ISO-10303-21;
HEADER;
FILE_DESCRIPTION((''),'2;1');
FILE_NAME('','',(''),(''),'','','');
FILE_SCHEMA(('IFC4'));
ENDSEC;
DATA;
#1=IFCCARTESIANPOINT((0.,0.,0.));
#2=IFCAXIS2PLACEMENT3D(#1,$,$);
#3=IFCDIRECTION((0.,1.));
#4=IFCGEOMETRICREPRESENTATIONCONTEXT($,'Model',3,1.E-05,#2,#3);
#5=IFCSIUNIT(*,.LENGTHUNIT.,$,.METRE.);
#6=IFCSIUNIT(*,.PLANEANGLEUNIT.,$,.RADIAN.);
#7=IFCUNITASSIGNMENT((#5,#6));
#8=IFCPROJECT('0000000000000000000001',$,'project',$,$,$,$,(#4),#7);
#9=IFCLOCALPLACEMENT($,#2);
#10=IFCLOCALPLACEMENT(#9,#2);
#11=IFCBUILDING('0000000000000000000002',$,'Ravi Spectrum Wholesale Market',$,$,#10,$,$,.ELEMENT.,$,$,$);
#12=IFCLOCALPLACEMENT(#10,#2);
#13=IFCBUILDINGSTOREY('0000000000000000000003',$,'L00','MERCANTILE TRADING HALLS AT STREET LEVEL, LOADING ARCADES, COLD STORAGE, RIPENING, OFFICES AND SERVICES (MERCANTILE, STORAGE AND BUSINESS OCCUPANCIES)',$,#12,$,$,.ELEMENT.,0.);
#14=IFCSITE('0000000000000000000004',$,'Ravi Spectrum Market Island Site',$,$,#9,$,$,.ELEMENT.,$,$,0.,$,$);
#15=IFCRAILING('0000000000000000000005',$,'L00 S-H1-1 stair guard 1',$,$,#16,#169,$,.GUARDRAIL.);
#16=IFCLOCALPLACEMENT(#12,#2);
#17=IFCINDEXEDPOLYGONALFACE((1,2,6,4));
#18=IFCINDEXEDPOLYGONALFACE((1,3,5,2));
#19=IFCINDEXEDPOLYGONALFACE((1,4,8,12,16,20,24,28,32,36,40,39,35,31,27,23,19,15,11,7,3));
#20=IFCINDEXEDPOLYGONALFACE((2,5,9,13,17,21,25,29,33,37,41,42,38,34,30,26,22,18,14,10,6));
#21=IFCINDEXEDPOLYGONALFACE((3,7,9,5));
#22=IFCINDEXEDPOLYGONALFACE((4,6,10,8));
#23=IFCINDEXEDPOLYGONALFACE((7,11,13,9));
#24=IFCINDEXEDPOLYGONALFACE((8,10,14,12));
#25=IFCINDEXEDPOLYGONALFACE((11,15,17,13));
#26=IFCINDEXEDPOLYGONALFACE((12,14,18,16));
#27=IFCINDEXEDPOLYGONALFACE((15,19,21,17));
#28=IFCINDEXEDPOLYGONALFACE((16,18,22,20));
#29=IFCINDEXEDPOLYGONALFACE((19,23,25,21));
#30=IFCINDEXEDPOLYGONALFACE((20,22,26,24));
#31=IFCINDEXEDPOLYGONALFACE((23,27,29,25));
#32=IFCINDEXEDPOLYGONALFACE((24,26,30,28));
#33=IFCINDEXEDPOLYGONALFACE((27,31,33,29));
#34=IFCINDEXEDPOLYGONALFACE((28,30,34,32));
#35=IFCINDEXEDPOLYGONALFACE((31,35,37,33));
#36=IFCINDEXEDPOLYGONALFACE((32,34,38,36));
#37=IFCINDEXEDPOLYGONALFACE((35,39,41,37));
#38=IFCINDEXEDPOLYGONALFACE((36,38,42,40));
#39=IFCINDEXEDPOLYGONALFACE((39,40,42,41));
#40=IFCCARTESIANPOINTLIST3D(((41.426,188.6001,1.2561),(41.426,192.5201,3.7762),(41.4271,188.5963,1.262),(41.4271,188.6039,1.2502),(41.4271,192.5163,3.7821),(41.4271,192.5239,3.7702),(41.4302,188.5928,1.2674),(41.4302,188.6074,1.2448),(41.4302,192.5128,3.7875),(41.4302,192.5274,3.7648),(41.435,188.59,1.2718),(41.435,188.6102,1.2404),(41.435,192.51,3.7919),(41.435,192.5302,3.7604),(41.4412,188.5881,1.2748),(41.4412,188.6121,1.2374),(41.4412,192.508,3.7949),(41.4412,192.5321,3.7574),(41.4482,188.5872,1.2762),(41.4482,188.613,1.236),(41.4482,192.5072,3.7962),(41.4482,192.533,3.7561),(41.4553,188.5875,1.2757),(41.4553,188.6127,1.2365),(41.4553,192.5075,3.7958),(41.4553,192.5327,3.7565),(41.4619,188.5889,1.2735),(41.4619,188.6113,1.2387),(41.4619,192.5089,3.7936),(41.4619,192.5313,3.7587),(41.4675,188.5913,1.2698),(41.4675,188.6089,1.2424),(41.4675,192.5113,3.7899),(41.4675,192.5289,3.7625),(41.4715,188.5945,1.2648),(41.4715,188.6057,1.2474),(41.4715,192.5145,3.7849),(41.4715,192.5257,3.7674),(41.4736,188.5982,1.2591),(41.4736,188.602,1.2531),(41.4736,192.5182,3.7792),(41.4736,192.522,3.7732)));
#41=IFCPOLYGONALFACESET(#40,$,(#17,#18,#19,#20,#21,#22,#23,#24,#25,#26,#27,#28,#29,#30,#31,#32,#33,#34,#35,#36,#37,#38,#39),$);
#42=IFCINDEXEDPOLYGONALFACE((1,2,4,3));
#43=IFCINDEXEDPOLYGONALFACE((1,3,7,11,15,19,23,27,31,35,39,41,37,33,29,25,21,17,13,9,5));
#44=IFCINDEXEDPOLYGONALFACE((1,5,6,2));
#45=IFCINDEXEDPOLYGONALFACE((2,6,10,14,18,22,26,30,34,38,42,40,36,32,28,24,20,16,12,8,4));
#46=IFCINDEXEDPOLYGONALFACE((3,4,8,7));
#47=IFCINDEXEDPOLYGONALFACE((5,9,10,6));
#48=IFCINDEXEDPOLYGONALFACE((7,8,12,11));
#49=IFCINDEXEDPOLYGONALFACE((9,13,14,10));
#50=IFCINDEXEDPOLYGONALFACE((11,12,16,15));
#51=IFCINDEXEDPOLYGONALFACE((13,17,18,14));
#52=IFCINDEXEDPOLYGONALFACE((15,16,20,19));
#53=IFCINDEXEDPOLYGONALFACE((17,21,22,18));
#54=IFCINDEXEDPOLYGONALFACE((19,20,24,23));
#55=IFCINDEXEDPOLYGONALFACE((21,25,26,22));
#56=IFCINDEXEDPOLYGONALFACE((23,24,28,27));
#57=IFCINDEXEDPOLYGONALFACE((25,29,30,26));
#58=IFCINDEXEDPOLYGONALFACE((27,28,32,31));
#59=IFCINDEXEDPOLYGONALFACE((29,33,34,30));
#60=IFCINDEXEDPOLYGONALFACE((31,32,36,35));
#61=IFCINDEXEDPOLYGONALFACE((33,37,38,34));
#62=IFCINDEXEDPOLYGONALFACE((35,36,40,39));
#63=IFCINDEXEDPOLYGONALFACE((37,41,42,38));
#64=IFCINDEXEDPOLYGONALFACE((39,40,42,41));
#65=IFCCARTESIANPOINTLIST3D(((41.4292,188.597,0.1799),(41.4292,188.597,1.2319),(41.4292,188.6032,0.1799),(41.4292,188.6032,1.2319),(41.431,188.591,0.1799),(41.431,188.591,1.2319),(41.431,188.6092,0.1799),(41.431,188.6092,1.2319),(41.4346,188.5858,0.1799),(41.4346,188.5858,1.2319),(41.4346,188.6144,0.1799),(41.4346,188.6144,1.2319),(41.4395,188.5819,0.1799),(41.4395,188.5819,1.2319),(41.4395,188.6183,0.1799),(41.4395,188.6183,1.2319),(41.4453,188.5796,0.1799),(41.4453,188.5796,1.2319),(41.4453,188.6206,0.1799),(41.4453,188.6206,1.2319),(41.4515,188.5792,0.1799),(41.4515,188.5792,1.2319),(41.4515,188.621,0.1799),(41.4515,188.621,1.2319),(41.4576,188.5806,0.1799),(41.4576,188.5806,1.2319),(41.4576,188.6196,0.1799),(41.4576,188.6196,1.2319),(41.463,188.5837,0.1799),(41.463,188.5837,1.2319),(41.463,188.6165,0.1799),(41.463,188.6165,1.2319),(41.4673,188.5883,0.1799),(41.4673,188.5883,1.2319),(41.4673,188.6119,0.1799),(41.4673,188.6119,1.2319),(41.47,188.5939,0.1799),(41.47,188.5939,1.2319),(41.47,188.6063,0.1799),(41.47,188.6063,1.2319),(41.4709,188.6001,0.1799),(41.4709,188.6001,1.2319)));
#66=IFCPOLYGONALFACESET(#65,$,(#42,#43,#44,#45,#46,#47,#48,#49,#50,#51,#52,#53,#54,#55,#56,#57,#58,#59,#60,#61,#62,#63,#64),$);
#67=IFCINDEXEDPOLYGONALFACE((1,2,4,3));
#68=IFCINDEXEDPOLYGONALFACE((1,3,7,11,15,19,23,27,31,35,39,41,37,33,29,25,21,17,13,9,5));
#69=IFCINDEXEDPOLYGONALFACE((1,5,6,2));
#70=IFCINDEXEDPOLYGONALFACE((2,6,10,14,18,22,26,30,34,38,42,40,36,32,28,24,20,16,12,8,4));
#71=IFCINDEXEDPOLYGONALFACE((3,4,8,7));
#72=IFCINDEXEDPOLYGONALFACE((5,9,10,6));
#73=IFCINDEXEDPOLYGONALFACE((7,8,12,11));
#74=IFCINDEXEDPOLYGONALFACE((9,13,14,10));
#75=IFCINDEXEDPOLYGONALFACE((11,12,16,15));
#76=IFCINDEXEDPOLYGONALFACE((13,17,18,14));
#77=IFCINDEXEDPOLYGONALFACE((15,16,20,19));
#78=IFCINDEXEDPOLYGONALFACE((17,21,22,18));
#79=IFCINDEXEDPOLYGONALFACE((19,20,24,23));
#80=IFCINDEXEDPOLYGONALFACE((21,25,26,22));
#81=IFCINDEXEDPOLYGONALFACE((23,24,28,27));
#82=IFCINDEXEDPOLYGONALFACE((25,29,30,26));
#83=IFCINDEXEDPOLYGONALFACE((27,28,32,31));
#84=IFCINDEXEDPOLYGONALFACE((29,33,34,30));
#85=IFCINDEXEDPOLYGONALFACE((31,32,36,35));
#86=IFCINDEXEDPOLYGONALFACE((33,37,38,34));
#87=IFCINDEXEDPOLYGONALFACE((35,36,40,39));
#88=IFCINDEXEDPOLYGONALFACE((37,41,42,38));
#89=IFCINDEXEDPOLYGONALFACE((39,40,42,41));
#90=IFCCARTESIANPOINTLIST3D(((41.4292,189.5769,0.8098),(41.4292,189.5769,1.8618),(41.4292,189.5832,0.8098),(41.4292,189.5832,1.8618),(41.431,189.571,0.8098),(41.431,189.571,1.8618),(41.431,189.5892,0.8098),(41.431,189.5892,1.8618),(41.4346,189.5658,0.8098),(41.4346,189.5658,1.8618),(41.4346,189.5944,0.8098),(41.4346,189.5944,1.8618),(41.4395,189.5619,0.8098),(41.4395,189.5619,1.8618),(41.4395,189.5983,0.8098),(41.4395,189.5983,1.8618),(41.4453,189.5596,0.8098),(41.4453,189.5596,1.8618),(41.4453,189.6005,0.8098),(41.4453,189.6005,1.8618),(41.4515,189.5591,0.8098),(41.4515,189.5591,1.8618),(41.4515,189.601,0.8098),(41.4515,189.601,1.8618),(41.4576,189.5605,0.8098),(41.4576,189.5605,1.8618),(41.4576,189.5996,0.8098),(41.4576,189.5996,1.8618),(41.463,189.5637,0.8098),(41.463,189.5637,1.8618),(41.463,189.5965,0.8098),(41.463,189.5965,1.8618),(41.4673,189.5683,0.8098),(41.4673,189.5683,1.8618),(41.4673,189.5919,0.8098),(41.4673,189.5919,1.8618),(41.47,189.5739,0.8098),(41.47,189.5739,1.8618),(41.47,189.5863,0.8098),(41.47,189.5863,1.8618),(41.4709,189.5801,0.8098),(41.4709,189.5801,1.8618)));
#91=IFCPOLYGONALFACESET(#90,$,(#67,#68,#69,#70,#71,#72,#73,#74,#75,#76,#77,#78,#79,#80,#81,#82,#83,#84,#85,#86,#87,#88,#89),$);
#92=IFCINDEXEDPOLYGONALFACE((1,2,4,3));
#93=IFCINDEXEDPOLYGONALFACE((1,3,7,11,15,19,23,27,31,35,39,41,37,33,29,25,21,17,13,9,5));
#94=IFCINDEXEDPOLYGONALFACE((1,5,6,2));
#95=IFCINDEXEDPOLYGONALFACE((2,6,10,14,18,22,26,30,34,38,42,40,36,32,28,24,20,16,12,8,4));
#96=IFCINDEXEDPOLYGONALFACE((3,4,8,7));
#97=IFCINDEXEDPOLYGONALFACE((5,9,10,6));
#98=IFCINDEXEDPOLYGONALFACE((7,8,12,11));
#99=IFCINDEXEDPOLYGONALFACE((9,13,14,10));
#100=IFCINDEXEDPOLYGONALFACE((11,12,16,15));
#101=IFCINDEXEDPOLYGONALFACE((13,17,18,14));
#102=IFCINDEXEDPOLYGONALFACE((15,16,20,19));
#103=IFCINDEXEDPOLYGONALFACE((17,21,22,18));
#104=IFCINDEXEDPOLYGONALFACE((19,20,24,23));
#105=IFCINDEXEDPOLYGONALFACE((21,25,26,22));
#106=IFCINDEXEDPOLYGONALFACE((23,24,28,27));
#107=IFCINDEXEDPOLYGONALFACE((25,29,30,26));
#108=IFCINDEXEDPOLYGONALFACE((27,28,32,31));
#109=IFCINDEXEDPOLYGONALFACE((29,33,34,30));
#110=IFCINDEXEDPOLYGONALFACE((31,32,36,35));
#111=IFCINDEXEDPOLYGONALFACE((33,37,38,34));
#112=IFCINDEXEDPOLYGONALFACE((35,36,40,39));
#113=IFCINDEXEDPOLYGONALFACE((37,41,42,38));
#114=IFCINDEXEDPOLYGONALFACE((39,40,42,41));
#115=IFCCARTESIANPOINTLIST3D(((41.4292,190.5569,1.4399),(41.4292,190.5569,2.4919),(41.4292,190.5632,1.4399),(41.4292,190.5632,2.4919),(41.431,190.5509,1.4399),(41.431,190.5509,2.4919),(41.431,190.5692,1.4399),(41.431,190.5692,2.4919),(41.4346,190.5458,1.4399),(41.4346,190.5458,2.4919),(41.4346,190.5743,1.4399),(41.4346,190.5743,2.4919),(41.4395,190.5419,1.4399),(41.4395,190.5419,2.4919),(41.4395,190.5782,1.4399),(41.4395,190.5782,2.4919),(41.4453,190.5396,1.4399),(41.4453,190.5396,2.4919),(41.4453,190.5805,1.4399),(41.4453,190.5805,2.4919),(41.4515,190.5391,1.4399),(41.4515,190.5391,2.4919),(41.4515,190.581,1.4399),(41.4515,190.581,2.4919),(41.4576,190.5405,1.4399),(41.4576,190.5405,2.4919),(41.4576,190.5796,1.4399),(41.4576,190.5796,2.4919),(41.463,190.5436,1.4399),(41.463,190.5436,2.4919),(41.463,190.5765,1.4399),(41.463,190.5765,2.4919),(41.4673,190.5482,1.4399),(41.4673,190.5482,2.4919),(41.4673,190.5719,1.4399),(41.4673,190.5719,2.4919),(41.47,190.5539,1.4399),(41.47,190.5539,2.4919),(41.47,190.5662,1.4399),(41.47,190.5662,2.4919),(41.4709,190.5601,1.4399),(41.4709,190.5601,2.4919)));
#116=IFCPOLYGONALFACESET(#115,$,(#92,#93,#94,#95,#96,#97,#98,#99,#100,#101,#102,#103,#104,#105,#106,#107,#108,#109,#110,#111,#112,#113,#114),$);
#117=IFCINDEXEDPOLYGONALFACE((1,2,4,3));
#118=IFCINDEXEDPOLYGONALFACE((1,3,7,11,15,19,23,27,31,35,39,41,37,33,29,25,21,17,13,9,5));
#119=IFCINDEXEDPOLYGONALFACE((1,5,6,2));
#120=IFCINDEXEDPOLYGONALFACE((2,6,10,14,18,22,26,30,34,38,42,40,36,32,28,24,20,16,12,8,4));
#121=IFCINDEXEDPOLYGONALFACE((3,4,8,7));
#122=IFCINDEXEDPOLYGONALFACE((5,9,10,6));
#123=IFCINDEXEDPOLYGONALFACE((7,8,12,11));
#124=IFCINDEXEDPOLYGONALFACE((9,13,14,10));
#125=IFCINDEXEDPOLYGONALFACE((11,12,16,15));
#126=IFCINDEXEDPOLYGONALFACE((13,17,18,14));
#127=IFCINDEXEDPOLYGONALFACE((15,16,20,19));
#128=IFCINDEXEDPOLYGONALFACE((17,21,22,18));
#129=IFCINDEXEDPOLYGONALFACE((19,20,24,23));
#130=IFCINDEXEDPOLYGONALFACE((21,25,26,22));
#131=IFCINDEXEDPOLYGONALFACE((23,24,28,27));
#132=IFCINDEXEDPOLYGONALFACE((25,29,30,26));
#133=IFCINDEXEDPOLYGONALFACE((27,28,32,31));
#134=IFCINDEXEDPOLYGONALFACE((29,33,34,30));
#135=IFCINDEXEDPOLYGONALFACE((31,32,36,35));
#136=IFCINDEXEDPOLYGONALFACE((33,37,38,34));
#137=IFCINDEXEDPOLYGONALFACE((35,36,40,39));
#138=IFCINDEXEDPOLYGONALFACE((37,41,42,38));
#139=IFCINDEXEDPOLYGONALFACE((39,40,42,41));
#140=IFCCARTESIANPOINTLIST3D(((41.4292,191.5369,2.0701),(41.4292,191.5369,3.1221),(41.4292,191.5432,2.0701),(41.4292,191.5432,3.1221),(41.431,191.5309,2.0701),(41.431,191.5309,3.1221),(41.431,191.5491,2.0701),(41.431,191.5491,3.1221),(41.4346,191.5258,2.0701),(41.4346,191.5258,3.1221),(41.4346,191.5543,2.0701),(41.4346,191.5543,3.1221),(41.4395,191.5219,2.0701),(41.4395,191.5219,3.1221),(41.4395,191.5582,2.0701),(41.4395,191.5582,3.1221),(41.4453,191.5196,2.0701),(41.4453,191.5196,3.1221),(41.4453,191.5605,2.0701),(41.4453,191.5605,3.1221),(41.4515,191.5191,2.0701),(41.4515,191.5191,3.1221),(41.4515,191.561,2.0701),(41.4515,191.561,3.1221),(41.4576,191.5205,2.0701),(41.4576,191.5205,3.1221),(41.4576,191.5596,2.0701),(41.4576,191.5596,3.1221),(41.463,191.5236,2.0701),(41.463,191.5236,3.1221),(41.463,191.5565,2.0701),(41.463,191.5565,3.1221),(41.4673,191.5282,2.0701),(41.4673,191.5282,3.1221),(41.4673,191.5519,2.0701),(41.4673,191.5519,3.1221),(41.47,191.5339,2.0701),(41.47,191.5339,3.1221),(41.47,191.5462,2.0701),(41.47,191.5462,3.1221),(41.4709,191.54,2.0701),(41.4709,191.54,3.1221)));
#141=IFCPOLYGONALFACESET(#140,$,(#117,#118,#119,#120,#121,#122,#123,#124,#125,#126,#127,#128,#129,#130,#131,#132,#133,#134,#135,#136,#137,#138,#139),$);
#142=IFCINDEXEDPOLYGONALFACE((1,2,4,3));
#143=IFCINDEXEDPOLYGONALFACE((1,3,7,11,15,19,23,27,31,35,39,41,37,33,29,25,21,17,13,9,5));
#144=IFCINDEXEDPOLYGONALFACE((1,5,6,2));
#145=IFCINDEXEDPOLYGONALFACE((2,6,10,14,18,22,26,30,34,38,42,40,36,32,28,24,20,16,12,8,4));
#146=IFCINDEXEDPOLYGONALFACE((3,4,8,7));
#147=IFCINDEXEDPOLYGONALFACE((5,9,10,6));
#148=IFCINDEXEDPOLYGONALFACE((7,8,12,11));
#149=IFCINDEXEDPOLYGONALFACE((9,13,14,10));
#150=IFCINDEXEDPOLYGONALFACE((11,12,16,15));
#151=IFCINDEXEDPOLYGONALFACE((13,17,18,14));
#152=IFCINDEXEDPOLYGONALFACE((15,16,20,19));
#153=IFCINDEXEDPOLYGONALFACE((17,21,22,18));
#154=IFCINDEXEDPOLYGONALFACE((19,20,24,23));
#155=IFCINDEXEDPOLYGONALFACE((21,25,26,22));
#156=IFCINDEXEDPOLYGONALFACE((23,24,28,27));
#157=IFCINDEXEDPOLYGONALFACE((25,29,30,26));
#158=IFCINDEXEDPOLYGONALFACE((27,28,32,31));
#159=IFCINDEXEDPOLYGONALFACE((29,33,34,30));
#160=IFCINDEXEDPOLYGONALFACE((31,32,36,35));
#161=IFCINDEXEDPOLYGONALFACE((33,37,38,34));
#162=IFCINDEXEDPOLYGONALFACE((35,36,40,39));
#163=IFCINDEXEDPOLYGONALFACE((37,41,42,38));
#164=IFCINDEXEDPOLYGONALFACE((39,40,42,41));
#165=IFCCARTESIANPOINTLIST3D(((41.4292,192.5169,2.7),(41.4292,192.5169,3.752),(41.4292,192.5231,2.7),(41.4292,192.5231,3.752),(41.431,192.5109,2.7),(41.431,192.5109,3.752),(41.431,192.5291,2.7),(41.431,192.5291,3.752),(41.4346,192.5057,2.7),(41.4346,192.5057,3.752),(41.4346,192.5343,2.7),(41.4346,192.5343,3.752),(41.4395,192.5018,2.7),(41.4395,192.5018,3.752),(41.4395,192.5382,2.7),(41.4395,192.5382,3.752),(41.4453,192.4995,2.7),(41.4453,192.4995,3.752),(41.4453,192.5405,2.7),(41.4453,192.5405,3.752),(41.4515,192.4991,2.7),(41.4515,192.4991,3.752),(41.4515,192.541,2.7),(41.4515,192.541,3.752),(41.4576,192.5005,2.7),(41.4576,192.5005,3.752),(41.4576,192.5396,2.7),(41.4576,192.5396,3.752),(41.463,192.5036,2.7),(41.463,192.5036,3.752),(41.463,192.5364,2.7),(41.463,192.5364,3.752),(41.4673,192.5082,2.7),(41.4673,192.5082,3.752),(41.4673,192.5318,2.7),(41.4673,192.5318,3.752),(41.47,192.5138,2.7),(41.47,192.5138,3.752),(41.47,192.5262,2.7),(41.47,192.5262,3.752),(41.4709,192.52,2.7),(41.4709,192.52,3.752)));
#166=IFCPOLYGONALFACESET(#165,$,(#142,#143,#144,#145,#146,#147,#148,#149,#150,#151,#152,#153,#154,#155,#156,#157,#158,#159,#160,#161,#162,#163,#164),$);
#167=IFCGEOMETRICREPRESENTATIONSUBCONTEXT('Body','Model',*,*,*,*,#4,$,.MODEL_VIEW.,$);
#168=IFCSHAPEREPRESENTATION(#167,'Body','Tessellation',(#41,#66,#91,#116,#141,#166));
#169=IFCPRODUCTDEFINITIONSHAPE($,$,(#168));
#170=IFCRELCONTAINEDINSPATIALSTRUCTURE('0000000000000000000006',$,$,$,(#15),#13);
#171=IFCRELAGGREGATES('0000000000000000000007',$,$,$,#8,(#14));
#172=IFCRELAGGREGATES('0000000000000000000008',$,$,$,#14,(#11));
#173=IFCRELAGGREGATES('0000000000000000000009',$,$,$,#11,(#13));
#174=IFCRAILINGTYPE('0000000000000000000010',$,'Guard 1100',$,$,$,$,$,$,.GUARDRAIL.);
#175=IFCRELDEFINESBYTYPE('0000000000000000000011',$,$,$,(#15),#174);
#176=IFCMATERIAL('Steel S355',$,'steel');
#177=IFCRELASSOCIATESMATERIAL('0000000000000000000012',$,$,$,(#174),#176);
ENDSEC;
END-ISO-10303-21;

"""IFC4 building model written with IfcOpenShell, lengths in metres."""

from ifc_helpers import new_model, si_unit, direction, frame, origin, origin_2d, place, context, subcontext, project, spatial, circle, extrude, material, type_object, element, save


model = new_model("IFC4")

# Units and contexts
model_context = context("Model", 3, precision=1e-05, world=origin(), true_north=direction((0.0, 1.0)))
body_context = subcontext(model_context, "Body", "Model", "MODEL_VIEW")
ifc_project = project(units=[si_unit("LENGTHUNIT", "METRE"), si_unit("PLANEANGLEUNIT", "RADIAN")], contexts=[model_context])

# Site, building, storey
site_placement = place(None, origin())
site = spatial("IfcSite", under=ifc_project, at=site_placement, Name="Ravi Spectrum Market Island Site", CompositionType="ELEMENT", RefElevation=0.0)
building_placement = place(site_placement, origin())
building = spatial("IfcBuilding", under=site, at=building_placement, Name="Ravi Spectrum Wholesale Market", CompositionType="ELEMENT")
storey_placement = place(building_placement, origin())
storey = spatial("IfcBuildingStorey", under=building, at=storey_placement, Name="L00", Description="MERCANTILE TRADING HALLS AT STREET LEVEL, LOADING ARCADES, COLD STORAGE, RIPENING, OFFICES AND SERVICES (MERCANTILE, STORAGE AND BUSINESS OCCUPANCIES)", CompositionType="ELEMENT", Elevation=0.0)

# Railing
ifc_material_1 = material(Name="Steel S355", Category="steel")
railing_type_1 = type_object("IfcRailingType", Name="Guard 1100", PredefinedType="GUARDRAIL", material=ifc_material_1)
railing_1_placement = place(storey_placement, frame((41.45, 188.6001, 0.1799)))
element("IfcRailing", 1, at=railing_1_placement, inside=storey, type_object=railing_type_1, Name="L00 S-H1-1 stair guard 1", PredefinedType="GUARDRAIL", context=body_context, shape_type="SweptSolid", body=[
    extrude(circle(Radius=0.0239, at=origin_2d()), frame((0.0, 0.0, 1.0762), z_axis=(0.0, 0.841172, 0.540768), x_axis=(-1.0, 0.0, 0.0)), (0.0, 0.0, 1.0), 4.6602),
    extrude(circle(Radius=0.021, at=origin_2d()), origin(), (0.0, 0.0, 1.0), 1.052),
    extrude(circle(Radius=0.021, at=origin_2d()), frame((0.0, 0.98, 0.6299)), (0.0, 0.0, 1.0), 1.052),
    extrude(circle(Radius=0.021, at=origin_2d()), frame((0.0, 1.96, 1.26)), (0.0, 0.0, 1.0), 1.052),
    extrude(circle(Radius=0.021, at=origin_2d()), frame((0.0, 2.9399, 1.8901)), (0.0, 0.0, 1.0), 1.052),
    extrude(circle(Radius=0.021, at=origin_2d()), frame((0.0, 3.9199, 2.52)), (0.0, 0.0, 1.0), 1.052),
])

save(model, "model.ifc")
